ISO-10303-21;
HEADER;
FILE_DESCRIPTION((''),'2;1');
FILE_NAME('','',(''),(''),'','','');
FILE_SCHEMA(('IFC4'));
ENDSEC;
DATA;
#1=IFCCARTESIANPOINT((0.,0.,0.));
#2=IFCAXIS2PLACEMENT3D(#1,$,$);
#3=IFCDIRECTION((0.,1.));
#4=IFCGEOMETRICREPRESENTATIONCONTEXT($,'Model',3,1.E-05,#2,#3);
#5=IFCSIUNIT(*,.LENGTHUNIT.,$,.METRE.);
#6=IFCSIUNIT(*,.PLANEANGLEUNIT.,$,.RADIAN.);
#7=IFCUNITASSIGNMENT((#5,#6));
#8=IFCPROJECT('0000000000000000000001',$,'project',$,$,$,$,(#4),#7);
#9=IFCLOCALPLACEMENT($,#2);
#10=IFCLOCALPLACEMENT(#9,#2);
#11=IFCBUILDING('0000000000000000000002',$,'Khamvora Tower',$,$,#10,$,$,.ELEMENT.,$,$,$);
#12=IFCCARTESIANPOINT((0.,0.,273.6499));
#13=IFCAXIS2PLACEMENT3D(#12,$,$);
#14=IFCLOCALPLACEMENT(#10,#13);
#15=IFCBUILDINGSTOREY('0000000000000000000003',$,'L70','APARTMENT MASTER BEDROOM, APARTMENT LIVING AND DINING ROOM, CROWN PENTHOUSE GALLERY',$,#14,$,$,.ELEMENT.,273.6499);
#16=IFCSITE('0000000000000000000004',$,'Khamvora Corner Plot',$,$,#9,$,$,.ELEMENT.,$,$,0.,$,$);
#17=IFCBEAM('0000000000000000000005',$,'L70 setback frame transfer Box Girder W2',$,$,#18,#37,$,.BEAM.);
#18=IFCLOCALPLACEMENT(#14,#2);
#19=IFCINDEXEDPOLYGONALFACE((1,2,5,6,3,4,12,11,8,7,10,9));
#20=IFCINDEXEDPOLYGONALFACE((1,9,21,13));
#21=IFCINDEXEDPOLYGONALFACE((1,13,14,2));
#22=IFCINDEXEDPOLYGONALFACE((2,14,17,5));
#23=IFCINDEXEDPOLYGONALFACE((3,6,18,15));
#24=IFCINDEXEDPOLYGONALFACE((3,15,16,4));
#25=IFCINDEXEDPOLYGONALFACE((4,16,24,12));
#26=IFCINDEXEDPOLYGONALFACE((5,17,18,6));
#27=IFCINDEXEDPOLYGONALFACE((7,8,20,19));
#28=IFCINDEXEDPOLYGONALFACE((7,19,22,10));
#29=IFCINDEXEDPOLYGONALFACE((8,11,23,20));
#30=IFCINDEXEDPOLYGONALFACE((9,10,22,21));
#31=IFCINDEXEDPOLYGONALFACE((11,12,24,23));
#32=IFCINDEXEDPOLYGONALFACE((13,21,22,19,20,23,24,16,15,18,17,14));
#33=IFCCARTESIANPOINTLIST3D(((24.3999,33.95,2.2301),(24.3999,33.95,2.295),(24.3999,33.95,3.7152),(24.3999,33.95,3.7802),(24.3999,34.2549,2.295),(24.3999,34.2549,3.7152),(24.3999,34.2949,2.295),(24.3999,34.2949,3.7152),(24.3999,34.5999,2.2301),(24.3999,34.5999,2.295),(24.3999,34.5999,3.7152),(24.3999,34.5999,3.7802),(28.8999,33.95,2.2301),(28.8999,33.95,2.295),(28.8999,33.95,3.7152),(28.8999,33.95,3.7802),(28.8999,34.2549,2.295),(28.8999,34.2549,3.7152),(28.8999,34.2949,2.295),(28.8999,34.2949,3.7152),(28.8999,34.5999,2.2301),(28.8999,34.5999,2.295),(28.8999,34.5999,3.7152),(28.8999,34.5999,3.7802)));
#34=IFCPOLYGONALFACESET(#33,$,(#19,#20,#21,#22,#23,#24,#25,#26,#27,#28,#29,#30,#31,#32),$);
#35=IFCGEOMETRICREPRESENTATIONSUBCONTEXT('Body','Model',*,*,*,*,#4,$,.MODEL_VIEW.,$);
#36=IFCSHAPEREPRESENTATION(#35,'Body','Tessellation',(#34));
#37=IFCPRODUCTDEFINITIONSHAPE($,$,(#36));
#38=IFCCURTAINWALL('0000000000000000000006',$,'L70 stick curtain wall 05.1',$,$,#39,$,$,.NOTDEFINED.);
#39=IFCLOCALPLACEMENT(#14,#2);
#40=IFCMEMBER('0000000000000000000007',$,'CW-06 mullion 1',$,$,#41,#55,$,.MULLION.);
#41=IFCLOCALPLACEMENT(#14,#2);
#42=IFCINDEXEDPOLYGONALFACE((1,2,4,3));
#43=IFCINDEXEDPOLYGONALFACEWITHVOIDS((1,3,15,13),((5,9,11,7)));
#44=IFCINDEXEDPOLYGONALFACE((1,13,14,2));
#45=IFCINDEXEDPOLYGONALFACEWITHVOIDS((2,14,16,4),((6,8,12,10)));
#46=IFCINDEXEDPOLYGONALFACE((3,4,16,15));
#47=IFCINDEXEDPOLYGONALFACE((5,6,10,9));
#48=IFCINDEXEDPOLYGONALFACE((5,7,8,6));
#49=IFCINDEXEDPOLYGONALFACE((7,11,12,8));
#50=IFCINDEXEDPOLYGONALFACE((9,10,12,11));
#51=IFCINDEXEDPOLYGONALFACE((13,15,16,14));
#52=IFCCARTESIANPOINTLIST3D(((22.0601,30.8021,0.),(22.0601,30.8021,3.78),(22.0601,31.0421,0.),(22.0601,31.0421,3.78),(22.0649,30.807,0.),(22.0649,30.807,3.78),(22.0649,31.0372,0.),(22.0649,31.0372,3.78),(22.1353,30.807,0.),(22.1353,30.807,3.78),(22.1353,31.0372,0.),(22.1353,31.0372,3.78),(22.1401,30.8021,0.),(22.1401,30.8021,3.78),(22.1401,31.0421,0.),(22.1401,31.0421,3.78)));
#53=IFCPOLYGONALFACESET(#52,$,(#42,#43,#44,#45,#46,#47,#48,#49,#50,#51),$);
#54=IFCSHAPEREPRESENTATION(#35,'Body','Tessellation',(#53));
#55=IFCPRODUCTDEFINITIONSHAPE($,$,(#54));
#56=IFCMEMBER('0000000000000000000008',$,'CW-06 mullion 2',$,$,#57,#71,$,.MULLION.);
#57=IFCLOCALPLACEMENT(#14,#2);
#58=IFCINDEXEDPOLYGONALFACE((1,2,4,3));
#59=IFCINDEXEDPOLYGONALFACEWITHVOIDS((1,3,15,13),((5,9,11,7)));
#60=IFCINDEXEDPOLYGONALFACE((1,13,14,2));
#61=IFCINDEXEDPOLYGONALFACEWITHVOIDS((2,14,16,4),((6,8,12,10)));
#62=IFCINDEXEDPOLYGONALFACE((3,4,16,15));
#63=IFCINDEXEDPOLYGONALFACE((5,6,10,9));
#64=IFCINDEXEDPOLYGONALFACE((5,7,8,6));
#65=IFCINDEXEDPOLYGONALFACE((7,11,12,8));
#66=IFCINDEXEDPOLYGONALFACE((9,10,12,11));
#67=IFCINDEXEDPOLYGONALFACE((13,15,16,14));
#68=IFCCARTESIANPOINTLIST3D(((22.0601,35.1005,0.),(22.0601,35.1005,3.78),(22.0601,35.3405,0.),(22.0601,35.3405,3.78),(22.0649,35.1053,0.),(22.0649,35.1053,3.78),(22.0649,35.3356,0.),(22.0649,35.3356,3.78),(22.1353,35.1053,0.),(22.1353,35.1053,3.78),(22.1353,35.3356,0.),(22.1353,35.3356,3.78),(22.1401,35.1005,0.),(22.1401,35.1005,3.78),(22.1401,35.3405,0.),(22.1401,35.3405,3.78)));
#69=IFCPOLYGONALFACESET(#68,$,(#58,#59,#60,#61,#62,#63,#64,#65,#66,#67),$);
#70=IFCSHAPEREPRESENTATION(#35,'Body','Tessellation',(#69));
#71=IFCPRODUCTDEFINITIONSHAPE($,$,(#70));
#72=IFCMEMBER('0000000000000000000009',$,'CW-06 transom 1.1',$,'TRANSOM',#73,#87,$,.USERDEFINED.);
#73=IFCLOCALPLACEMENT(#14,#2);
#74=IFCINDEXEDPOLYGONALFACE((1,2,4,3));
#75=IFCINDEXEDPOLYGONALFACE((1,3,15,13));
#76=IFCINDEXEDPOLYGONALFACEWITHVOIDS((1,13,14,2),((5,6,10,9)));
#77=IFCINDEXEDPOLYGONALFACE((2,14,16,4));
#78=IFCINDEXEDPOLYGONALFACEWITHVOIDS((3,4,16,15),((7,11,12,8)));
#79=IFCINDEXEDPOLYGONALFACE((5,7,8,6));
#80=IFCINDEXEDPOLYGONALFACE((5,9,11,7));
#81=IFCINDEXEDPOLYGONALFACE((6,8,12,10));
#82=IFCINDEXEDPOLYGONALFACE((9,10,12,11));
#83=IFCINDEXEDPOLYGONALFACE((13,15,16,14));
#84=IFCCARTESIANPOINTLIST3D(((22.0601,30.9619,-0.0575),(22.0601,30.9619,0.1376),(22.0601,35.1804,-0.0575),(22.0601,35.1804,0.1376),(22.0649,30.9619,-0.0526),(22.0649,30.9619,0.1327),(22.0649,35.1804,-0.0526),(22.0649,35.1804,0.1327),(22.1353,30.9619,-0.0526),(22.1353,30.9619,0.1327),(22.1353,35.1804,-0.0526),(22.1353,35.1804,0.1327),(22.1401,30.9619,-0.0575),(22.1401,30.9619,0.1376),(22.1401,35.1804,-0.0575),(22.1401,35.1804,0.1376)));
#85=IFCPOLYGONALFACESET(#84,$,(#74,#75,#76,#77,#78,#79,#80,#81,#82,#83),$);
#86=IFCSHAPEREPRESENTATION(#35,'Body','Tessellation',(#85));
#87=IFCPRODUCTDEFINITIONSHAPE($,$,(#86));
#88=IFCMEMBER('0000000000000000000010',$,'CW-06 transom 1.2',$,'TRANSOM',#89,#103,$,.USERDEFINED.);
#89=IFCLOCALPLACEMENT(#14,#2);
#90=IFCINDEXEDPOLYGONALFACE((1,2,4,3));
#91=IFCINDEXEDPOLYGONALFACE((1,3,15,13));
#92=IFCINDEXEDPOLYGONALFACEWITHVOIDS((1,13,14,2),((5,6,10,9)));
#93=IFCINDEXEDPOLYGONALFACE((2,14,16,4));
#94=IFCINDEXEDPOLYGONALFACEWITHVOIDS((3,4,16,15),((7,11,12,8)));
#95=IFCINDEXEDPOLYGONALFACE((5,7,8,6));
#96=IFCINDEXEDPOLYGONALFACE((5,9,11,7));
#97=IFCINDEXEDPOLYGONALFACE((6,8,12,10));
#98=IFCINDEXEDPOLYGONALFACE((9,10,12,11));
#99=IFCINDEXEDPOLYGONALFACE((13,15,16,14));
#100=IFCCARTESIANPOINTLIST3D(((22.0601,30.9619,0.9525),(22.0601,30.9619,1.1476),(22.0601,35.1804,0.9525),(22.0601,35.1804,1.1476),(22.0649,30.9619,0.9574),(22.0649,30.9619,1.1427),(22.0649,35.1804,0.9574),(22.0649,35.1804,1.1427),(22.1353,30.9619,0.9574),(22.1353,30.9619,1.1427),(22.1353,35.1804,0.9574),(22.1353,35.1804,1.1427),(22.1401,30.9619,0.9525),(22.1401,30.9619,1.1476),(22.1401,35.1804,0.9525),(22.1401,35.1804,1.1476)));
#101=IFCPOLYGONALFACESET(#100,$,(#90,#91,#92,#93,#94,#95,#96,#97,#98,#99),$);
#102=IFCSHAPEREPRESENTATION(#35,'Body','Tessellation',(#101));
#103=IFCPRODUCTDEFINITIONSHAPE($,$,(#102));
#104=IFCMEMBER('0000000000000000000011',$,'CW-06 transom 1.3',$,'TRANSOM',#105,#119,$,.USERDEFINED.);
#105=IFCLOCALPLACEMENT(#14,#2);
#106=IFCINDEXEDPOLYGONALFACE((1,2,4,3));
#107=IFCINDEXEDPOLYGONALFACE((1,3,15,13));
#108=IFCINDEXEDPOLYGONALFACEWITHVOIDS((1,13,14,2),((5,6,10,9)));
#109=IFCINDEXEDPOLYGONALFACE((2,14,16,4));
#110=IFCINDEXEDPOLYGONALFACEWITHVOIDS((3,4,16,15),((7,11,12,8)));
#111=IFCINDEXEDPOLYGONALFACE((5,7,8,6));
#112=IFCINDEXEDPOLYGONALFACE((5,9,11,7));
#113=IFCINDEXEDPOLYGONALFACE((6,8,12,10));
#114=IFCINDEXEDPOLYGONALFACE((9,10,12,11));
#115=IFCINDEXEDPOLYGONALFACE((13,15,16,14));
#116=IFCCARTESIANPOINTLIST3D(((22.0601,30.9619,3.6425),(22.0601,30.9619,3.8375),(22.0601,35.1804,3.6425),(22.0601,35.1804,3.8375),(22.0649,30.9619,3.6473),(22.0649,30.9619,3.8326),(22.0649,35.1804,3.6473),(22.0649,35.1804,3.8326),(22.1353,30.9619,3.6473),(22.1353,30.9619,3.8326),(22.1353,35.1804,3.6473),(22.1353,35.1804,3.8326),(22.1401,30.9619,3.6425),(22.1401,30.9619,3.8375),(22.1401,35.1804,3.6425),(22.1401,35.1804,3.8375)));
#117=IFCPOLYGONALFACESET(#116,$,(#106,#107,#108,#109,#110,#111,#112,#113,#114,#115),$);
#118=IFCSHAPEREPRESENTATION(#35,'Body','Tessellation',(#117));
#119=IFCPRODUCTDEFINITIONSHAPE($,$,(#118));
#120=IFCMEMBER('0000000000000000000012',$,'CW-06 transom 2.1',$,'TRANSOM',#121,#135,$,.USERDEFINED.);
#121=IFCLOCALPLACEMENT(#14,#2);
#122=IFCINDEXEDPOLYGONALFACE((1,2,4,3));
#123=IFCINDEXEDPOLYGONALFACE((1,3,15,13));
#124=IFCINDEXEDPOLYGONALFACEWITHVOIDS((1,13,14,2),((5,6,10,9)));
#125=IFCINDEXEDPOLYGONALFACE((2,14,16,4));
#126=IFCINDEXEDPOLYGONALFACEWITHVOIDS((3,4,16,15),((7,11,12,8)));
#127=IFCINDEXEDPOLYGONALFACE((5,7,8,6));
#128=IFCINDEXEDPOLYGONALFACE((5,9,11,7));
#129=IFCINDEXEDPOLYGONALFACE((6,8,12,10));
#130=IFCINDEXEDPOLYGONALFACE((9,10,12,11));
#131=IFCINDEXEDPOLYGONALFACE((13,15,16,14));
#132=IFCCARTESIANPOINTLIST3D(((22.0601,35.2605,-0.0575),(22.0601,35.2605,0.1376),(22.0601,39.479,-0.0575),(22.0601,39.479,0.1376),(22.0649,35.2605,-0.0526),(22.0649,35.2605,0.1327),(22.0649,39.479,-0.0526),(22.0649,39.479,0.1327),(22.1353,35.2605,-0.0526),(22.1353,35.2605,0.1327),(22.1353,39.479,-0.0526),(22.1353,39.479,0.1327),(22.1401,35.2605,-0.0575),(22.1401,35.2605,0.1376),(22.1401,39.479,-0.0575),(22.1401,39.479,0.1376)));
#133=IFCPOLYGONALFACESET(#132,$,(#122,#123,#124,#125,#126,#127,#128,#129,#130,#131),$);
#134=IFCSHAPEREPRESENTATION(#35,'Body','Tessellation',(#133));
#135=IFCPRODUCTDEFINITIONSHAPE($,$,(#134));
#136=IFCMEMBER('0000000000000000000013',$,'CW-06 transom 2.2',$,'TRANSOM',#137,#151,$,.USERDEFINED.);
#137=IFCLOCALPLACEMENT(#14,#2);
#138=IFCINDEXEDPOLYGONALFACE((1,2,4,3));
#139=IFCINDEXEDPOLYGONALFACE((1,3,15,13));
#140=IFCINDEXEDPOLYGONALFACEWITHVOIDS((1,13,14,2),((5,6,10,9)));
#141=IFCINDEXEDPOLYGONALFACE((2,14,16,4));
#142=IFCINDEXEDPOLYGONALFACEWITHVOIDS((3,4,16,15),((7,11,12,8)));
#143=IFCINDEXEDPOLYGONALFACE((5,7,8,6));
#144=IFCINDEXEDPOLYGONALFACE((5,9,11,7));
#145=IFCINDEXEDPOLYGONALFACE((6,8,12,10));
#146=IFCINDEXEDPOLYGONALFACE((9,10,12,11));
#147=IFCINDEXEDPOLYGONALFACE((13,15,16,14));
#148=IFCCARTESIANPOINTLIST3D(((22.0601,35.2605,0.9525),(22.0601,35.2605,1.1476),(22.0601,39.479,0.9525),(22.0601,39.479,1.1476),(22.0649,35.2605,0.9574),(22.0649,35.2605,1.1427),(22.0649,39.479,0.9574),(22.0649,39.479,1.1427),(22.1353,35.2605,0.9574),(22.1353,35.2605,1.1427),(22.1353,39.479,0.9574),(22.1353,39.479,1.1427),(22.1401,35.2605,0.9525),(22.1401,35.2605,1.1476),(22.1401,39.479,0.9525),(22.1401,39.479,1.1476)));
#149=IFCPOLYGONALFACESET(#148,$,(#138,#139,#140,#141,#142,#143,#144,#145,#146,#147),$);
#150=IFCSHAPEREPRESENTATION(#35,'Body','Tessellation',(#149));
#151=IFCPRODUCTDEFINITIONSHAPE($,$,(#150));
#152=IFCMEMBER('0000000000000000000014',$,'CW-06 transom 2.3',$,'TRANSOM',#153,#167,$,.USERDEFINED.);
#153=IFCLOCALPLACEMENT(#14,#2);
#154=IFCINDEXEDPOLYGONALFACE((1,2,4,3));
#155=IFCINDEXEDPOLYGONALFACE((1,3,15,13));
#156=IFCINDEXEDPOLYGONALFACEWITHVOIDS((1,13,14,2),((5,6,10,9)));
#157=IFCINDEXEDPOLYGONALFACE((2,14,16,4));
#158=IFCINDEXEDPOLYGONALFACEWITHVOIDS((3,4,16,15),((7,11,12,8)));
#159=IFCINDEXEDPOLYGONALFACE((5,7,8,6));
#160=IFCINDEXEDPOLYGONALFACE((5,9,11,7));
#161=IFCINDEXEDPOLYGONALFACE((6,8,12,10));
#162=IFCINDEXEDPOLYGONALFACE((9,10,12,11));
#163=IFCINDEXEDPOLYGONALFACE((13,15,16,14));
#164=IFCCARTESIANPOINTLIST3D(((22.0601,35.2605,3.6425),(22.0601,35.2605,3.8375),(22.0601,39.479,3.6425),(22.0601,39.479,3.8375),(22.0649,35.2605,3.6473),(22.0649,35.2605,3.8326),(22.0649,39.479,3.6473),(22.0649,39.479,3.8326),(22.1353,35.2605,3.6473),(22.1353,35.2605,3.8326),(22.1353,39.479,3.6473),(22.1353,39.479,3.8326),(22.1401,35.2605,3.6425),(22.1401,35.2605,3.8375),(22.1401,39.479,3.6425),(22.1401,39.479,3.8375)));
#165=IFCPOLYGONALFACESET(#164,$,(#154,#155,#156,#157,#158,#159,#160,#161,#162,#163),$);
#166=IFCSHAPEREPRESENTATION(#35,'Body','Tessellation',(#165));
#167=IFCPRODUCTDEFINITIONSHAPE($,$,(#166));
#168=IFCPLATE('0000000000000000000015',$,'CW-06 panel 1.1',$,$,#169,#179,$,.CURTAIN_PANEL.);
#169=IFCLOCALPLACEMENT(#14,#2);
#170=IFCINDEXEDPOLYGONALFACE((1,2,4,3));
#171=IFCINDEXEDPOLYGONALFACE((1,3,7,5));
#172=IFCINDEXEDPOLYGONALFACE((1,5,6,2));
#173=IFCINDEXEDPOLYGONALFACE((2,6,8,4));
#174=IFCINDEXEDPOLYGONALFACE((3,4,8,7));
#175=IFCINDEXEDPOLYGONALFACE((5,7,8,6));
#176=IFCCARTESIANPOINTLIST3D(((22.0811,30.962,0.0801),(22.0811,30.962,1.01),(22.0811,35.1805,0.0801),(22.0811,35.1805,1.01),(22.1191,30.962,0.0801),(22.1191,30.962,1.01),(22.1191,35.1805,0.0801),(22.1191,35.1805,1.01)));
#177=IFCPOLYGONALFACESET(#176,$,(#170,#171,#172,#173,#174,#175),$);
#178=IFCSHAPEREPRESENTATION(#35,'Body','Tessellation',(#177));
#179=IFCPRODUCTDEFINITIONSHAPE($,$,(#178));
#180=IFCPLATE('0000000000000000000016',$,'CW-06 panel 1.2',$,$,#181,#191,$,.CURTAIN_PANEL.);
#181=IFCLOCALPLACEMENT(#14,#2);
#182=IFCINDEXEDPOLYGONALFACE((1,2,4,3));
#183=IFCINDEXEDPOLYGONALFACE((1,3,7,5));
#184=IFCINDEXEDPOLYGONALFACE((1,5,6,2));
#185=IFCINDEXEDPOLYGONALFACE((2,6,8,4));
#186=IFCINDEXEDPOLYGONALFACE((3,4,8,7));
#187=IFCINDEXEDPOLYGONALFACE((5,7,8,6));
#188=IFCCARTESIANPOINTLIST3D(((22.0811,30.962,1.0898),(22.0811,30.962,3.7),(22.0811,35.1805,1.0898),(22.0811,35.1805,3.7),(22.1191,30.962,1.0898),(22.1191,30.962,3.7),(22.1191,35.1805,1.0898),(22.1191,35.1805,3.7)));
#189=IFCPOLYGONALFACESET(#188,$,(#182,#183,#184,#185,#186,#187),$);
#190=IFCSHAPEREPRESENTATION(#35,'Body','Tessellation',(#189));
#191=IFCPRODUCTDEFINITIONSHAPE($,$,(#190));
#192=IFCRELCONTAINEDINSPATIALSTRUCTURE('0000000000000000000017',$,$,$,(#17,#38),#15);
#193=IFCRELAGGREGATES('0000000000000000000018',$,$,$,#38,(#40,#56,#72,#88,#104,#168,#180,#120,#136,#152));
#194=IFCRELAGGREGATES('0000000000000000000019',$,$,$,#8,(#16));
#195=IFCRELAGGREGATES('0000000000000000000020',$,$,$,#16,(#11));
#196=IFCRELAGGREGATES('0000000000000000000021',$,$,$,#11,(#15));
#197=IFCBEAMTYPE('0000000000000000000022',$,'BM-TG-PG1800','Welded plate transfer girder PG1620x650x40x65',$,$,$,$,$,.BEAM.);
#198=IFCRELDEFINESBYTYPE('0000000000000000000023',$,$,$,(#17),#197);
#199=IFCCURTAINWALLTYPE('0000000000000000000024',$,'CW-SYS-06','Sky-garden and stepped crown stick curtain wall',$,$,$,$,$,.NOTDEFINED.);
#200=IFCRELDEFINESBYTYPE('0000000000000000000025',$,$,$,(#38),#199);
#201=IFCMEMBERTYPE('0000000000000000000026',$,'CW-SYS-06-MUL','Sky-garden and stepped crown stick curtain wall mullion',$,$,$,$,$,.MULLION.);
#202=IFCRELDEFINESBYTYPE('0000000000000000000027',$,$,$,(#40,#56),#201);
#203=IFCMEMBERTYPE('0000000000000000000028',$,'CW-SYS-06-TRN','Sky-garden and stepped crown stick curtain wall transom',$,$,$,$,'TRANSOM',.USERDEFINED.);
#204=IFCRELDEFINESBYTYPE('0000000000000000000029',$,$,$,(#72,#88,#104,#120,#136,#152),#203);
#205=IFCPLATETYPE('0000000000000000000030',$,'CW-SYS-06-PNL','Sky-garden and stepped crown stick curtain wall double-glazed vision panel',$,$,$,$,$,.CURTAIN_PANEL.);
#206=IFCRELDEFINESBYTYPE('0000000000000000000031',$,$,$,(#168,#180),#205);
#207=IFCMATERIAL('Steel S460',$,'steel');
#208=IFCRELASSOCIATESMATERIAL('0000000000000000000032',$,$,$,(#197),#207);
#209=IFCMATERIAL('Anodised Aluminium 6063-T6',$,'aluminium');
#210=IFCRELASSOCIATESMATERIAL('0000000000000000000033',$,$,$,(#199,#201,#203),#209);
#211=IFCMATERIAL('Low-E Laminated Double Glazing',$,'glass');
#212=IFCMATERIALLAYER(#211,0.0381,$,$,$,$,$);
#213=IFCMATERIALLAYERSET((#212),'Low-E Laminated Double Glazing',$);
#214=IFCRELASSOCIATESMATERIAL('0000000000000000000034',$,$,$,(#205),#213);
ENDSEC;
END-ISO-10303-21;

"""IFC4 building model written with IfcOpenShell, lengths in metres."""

from ifc_helpers import new_model, si_unit, direction, frame, origin, origin_2d, place, context, subcontext, project, spatial, rectangle, hollow_rectangle, i_section, extrude, material, layer, layer_set, material_profile, profile_set, type_object, element, aggregate, save


model = new_model("IFC4")

# Units and contexts
model_context = context("Model", 3, precision=1e-05, world=origin(), true_north=direction((0.0, 1.0)))
body_context = subcontext(model_context, "Body", "Model", "MODEL_VIEW")
ifc_project = project(units=[si_unit("LENGTHUNIT", "METRE"), si_unit("PLANEANGLEUNIT", "RADIAN")], contexts=[model_context])

# Site, building, storey
site_placement = place(None, origin())
site = spatial("IfcSite", under=ifc_project, at=site_placement, Name="Khamvora Corner Plot", CompositionType="ELEMENT", RefElevation=0.0)
building_placement = place(site_placement, origin())
building = spatial("IfcBuilding", under=site, at=building_placement, Name="Khamvora Tower", CompositionType="ELEMENT")
storey_placement = place(building_placement, frame((0.0, 0.0, 273.6499)))
storey = spatial("IfcBuildingStorey", under=building, at=storey_placement, Name="L70", Description="APARTMENT MASTER BEDROOM, APARTMENT LIVING AND DINING ROOM, CROWN PENTHOUSE GALLERY", CompositionType="ELEMENT", Elevation=273.6499)

# Beam
ifc_material_1 = material(Name="Steel S460", Category="steel")
ifc_material_profile_1 = material_profile(ifc_material_1, i_section(OverallWidth=0.6499, OverallDepth=1.55, WebThickness=0.04, FlangeThickness=0.0649, at=origin_2d()), Name="PG1550x650x40x65")
ifc_profile_set_1 = profile_set([ifc_material_profile_1], Name="Steel S460")
beam_type_1 = type_object("IfcBeamType", Name="BM-TG-PG1800", Description="Welded plate transfer girder PG1620x650x40x65", PredefinedType="BEAM", material=ifc_profile_set_1)
beam_1_placement = place(storey_placement, frame((24.3999, 34.2749, 3.0051), z_axis=(1.0, 0.0, 0.0), x_axis=(0.0, 1.0, 0.0)))
element("IfcBeam", 1, at=beam_1_placement, inside=storey, type_object=beam_type_1, Name="L70 setback frame transfer Box Girder W2", PredefinedType="BEAM", context=body_context, shape_type="SweptSolid", body=[
    extrude(i_section(OverallWidth=0.6499, OverallDepth=1.55, WebThickness=0.04, FlangeThickness=0.0649, at=origin_2d()), origin(), (0.0, 0.0, 1.0), 4.5),
])

# Curtain wall, members, plates
ifc_material_2 = material(Name="Anodised Aluminium 6063-T6", Category="aluminium")
curtain_wall_type = type_object("IfcCurtainWallType", Name="CW-SYS-06", Description="Sky-garden and stepped crown stick curtain wall", PredefinedType="NOTDEFINED", material=ifc_material_2)
curtain_wall_placement = place(storey_placement, origin())
curtain_wall = element("IfcCurtainWall", 2, at=curtain_wall_placement, inside=storey, type_object=curtain_wall_type, Name="L70 stick curtain wall 05.1", PredefinedType="NOTDEFINED")
ifc_material_profile_2 = material_profile(ifc_material_2, hollow_rectangle(XDim=0.0801, YDim=0.24, WallThickness=0.0049, at=origin_2d()), Name="MUL80x240x5")
ifc_profile_set_2 = profile_set([ifc_material_profile_2], Name="Anodised Aluminium 6063-T6")
member_type_1 = type_object("IfcMemberType", Name="CW-SYS-06-MUL", Description="Sky-garden and stepped crown stick curtain wall mullion", PredefinedType="MULLION", material=ifc_profile_set_2)
member_1_placement = place(storey_placement, frame((22.1001, 30.9221, 0.0), z_axis=(0.0, 0.0, 1.0), x_axis=(-1.0, 0.0, 0.0)))
member_1 = element("IfcMember", 3, at=member_1_placement, type_object=member_type_1, Name="CW-06 mullion 1", PredefinedType="MULLION", context=body_context, shape_type="SweptSolid", body=[
    extrude(hollow_rectangle(XDim=0.0801, YDim=0.24, WallThickness=0.0049, at=origin_2d()), origin(), (0.0, 0.0, 1.0), 3.78),
])
member_2_placement = place(storey_placement, frame((22.1001, 35.2205, 0.0), z_axis=(0.0, 0.0, 1.0), x_axis=(-1.0, 0.0, 0.0)))
member_2 = element("IfcMember", 4, at=member_2_placement, type_object=member_type_1, Name="CW-06 mullion 2", PredefinedType="MULLION", context=body_context, shape_type="SweptSolid", body=[
    extrude(hollow_rectangle(XDim=0.0801, YDim=0.24, WallThickness=0.0049, at=origin_2d()), origin(), (0.0, 0.0, 1.0), 3.78),
])
ifc_material_profile_3 = material_profile(ifc_material_2, hollow_rectangle(XDim=0.0801, YDim=0.1951, WallThickness=0.0049, at=origin_2d()), Name="TRN80x195x5")
ifc_profile_set_3 = profile_set([ifc_material_profile_3], Name="Anodised Aluminium 6063-T6")
member_type_2 = type_object("IfcMemberType", Name="CW-SYS-06-TRN", Description="Sky-garden and stepped crown stick curtain wall transom", ElementType="TRANSOM", PredefinedType="USERDEFINED", material=ifc_profile_set_3)
member_3_placement = place(storey_placement, frame((22.1001, 30.9619, 0.04), z_axis=(0.0, 1.0, 0.0), x_axis=(-1.0, 0.0, 0.0)))
member_3 = element("IfcMember", 5, at=member_3_placement, type_object=member_type_2, Name="CW-06 transom 1.1", ObjectType="TRANSOM", PredefinedType="USERDEFINED", context=body_context, shape_type="SweptSolid", body=[
    extrude(hollow_rectangle(XDim=0.0801, YDim=0.1951, WallThickness=0.0049, at=origin_2d()), origin(), (0.0, 0.0, 1.0), 4.2185),
])
member_4_placement = place(storey_placement, frame((22.1001, 30.9619, 1.05), z_axis=(0.0, 1.0, 0.0), x_axis=(-1.0, 0.0, 0.0)))
member_4 = element("IfcMember", 6, at=member_4_placement, type_object=member_type_2, Name="CW-06 transom 1.2", ObjectType="TRANSOM", PredefinedType="USERDEFINED", context=body_context, shape_type="SweptSolid", body=[
    extrude(hollow_rectangle(XDim=0.0801, YDim=0.1951, WallThickness=0.0049, at=origin_2d()), origin(), (0.0, 0.0, 1.0), 4.2185),
])
member_5_placement = place(storey_placement, frame((22.1001, 30.9619, 3.74), z_axis=(0.0, 1.0, 0.0), x_axis=(-1.0, 0.0, 0.0)))
member_5 = element("IfcMember", 7, at=member_5_placement, type_object=member_type_2, Name="CW-06 transom 1.3", ObjectType="TRANSOM", PredefinedType="USERDEFINED", context=body_context, shape_type="SweptSolid", body=[
    extrude(hollow_rectangle(XDim=0.0801, YDim=0.1951, WallThickness=0.0049, at=origin_2d()), origin(), (0.0, 0.0, 1.0), 4.2185),
])
member_6_placement = place(storey_placement, frame((22.1001, 35.2605, 0.04), z_axis=(0.0, 1.0, 0.0), x_axis=(-1.0, 0.0, 0.0)))
member_6 = element("IfcMember", 8, at=member_6_placement, type_object=member_type_2, Name="CW-06 transom 2.1", ObjectType="TRANSOM", PredefinedType="USERDEFINED", context=body_context, shape_type="SweptSolid", body=[
    extrude(hollow_rectangle(XDim=0.0801, YDim=0.1951, WallThickness=0.0049, at=origin_2d()), origin(), (0.0, 0.0, 1.0), 4.2185),
])
member_7_placement = place(storey_placement, frame((22.1001, 35.2605, 1.05), z_axis=(0.0, 1.0, 0.0), x_axis=(-1.0, 0.0, 0.0)))
member_7 = element("IfcMember", 9, at=member_7_placement, type_object=member_type_2, Name="CW-06 transom 2.2", ObjectType="TRANSOM", PredefinedType="USERDEFINED", context=body_context, shape_type="SweptSolid", body=[
    extrude(hollow_rectangle(XDim=0.0801, YDim=0.1951, WallThickness=0.0049, at=origin_2d()), origin(), (0.0, 0.0, 1.0), 4.2185),
])
member_8_placement = place(storey_placement, frame((22.1001, 35.2605, 3.74), z_axis=(0.0, 1.0, 0.0), x_axis=(-1.0, 0.0, 0.0)))
member_8 = element("IfcMember", 10, at=member_8_placement, type_object=member_type_2, Name="CW-06 transom 2.3", ObjectType="TRANSOM", PredefinedType="USERDEFINED", context=body_context, shape_type="SweptSolid", body=[
    extrude(hollow_rectangle(XDim=0.0801, YDim=0.1951, WallThickness=0.0049, at=origin_2d()), origin(), (0.0, 0.0, 1.0), 4.2185),
])
ifc_material_3 = material(Name="Low-E Laminated Double Glazing", Category="glass")
ifc_layer_1 = layer(ifc_material_3, 0.0381)
ifc_layer_set_1 = layer_set([ifc_layer_1], Name="Low-E Laminated Double Glazing")
plate_type_1 = type_object("IfcPlateType", Name="CW-SYS-06-PNL", Description="Sky-garden and stepped crown stick curtain wall double-glazed vision panel", PredefinedType="CURTAIN_PANEL", material=ifc_layer_set_1)
plate_1_placement = place(storey_placement, frame((22.1001, 33.0713, 0.0801), z_axis=(0.0, 0.0, 1.0), x_axis=(0.0, 1.0, 0.0)))
plate_1 = element("IfcPlate", 11, at=plate_1_placement, type_object=plate_type_1, Name="CW-06 panel 1.1", PredefinedType="CURTAIN_PANEL", context=body_context, shape_type="SweptSolid", body=[
    extrude(rectangle(XDim=4.2185, YDim=0.0381, at=origin_2d()), origin(), (0.0, 0.0, 1.0), 0.9299),
])
plate_2_placement = place(storey_placement, frame((22.1001, 33.0713, 1.0898), z_axis=(0.0, 0.0, 1.0), x_axis=(0.0, 1.0, 0.0)))
plate_2 = element("IfcPlate", 12, at=plate_2_placement, type_object=plate_type_1, Name="CW-06 panel 1.2", PredefinedType="CURTAIN_PANEL", context=body_context, shape_type="SweptSolid", body=[
    extrude(rectangle(XDim=4.2185, YDim=0.0381, at=origin_2d()), origin(), (0.0, 0.0, 1.0), 2.6101),
])
aggregate(curtain_wall, [member_1, member_2, member_3, member_4, member_5, plate_1, plate_2, member_6, member_7, member_8])

save(model, "model.ifc")
